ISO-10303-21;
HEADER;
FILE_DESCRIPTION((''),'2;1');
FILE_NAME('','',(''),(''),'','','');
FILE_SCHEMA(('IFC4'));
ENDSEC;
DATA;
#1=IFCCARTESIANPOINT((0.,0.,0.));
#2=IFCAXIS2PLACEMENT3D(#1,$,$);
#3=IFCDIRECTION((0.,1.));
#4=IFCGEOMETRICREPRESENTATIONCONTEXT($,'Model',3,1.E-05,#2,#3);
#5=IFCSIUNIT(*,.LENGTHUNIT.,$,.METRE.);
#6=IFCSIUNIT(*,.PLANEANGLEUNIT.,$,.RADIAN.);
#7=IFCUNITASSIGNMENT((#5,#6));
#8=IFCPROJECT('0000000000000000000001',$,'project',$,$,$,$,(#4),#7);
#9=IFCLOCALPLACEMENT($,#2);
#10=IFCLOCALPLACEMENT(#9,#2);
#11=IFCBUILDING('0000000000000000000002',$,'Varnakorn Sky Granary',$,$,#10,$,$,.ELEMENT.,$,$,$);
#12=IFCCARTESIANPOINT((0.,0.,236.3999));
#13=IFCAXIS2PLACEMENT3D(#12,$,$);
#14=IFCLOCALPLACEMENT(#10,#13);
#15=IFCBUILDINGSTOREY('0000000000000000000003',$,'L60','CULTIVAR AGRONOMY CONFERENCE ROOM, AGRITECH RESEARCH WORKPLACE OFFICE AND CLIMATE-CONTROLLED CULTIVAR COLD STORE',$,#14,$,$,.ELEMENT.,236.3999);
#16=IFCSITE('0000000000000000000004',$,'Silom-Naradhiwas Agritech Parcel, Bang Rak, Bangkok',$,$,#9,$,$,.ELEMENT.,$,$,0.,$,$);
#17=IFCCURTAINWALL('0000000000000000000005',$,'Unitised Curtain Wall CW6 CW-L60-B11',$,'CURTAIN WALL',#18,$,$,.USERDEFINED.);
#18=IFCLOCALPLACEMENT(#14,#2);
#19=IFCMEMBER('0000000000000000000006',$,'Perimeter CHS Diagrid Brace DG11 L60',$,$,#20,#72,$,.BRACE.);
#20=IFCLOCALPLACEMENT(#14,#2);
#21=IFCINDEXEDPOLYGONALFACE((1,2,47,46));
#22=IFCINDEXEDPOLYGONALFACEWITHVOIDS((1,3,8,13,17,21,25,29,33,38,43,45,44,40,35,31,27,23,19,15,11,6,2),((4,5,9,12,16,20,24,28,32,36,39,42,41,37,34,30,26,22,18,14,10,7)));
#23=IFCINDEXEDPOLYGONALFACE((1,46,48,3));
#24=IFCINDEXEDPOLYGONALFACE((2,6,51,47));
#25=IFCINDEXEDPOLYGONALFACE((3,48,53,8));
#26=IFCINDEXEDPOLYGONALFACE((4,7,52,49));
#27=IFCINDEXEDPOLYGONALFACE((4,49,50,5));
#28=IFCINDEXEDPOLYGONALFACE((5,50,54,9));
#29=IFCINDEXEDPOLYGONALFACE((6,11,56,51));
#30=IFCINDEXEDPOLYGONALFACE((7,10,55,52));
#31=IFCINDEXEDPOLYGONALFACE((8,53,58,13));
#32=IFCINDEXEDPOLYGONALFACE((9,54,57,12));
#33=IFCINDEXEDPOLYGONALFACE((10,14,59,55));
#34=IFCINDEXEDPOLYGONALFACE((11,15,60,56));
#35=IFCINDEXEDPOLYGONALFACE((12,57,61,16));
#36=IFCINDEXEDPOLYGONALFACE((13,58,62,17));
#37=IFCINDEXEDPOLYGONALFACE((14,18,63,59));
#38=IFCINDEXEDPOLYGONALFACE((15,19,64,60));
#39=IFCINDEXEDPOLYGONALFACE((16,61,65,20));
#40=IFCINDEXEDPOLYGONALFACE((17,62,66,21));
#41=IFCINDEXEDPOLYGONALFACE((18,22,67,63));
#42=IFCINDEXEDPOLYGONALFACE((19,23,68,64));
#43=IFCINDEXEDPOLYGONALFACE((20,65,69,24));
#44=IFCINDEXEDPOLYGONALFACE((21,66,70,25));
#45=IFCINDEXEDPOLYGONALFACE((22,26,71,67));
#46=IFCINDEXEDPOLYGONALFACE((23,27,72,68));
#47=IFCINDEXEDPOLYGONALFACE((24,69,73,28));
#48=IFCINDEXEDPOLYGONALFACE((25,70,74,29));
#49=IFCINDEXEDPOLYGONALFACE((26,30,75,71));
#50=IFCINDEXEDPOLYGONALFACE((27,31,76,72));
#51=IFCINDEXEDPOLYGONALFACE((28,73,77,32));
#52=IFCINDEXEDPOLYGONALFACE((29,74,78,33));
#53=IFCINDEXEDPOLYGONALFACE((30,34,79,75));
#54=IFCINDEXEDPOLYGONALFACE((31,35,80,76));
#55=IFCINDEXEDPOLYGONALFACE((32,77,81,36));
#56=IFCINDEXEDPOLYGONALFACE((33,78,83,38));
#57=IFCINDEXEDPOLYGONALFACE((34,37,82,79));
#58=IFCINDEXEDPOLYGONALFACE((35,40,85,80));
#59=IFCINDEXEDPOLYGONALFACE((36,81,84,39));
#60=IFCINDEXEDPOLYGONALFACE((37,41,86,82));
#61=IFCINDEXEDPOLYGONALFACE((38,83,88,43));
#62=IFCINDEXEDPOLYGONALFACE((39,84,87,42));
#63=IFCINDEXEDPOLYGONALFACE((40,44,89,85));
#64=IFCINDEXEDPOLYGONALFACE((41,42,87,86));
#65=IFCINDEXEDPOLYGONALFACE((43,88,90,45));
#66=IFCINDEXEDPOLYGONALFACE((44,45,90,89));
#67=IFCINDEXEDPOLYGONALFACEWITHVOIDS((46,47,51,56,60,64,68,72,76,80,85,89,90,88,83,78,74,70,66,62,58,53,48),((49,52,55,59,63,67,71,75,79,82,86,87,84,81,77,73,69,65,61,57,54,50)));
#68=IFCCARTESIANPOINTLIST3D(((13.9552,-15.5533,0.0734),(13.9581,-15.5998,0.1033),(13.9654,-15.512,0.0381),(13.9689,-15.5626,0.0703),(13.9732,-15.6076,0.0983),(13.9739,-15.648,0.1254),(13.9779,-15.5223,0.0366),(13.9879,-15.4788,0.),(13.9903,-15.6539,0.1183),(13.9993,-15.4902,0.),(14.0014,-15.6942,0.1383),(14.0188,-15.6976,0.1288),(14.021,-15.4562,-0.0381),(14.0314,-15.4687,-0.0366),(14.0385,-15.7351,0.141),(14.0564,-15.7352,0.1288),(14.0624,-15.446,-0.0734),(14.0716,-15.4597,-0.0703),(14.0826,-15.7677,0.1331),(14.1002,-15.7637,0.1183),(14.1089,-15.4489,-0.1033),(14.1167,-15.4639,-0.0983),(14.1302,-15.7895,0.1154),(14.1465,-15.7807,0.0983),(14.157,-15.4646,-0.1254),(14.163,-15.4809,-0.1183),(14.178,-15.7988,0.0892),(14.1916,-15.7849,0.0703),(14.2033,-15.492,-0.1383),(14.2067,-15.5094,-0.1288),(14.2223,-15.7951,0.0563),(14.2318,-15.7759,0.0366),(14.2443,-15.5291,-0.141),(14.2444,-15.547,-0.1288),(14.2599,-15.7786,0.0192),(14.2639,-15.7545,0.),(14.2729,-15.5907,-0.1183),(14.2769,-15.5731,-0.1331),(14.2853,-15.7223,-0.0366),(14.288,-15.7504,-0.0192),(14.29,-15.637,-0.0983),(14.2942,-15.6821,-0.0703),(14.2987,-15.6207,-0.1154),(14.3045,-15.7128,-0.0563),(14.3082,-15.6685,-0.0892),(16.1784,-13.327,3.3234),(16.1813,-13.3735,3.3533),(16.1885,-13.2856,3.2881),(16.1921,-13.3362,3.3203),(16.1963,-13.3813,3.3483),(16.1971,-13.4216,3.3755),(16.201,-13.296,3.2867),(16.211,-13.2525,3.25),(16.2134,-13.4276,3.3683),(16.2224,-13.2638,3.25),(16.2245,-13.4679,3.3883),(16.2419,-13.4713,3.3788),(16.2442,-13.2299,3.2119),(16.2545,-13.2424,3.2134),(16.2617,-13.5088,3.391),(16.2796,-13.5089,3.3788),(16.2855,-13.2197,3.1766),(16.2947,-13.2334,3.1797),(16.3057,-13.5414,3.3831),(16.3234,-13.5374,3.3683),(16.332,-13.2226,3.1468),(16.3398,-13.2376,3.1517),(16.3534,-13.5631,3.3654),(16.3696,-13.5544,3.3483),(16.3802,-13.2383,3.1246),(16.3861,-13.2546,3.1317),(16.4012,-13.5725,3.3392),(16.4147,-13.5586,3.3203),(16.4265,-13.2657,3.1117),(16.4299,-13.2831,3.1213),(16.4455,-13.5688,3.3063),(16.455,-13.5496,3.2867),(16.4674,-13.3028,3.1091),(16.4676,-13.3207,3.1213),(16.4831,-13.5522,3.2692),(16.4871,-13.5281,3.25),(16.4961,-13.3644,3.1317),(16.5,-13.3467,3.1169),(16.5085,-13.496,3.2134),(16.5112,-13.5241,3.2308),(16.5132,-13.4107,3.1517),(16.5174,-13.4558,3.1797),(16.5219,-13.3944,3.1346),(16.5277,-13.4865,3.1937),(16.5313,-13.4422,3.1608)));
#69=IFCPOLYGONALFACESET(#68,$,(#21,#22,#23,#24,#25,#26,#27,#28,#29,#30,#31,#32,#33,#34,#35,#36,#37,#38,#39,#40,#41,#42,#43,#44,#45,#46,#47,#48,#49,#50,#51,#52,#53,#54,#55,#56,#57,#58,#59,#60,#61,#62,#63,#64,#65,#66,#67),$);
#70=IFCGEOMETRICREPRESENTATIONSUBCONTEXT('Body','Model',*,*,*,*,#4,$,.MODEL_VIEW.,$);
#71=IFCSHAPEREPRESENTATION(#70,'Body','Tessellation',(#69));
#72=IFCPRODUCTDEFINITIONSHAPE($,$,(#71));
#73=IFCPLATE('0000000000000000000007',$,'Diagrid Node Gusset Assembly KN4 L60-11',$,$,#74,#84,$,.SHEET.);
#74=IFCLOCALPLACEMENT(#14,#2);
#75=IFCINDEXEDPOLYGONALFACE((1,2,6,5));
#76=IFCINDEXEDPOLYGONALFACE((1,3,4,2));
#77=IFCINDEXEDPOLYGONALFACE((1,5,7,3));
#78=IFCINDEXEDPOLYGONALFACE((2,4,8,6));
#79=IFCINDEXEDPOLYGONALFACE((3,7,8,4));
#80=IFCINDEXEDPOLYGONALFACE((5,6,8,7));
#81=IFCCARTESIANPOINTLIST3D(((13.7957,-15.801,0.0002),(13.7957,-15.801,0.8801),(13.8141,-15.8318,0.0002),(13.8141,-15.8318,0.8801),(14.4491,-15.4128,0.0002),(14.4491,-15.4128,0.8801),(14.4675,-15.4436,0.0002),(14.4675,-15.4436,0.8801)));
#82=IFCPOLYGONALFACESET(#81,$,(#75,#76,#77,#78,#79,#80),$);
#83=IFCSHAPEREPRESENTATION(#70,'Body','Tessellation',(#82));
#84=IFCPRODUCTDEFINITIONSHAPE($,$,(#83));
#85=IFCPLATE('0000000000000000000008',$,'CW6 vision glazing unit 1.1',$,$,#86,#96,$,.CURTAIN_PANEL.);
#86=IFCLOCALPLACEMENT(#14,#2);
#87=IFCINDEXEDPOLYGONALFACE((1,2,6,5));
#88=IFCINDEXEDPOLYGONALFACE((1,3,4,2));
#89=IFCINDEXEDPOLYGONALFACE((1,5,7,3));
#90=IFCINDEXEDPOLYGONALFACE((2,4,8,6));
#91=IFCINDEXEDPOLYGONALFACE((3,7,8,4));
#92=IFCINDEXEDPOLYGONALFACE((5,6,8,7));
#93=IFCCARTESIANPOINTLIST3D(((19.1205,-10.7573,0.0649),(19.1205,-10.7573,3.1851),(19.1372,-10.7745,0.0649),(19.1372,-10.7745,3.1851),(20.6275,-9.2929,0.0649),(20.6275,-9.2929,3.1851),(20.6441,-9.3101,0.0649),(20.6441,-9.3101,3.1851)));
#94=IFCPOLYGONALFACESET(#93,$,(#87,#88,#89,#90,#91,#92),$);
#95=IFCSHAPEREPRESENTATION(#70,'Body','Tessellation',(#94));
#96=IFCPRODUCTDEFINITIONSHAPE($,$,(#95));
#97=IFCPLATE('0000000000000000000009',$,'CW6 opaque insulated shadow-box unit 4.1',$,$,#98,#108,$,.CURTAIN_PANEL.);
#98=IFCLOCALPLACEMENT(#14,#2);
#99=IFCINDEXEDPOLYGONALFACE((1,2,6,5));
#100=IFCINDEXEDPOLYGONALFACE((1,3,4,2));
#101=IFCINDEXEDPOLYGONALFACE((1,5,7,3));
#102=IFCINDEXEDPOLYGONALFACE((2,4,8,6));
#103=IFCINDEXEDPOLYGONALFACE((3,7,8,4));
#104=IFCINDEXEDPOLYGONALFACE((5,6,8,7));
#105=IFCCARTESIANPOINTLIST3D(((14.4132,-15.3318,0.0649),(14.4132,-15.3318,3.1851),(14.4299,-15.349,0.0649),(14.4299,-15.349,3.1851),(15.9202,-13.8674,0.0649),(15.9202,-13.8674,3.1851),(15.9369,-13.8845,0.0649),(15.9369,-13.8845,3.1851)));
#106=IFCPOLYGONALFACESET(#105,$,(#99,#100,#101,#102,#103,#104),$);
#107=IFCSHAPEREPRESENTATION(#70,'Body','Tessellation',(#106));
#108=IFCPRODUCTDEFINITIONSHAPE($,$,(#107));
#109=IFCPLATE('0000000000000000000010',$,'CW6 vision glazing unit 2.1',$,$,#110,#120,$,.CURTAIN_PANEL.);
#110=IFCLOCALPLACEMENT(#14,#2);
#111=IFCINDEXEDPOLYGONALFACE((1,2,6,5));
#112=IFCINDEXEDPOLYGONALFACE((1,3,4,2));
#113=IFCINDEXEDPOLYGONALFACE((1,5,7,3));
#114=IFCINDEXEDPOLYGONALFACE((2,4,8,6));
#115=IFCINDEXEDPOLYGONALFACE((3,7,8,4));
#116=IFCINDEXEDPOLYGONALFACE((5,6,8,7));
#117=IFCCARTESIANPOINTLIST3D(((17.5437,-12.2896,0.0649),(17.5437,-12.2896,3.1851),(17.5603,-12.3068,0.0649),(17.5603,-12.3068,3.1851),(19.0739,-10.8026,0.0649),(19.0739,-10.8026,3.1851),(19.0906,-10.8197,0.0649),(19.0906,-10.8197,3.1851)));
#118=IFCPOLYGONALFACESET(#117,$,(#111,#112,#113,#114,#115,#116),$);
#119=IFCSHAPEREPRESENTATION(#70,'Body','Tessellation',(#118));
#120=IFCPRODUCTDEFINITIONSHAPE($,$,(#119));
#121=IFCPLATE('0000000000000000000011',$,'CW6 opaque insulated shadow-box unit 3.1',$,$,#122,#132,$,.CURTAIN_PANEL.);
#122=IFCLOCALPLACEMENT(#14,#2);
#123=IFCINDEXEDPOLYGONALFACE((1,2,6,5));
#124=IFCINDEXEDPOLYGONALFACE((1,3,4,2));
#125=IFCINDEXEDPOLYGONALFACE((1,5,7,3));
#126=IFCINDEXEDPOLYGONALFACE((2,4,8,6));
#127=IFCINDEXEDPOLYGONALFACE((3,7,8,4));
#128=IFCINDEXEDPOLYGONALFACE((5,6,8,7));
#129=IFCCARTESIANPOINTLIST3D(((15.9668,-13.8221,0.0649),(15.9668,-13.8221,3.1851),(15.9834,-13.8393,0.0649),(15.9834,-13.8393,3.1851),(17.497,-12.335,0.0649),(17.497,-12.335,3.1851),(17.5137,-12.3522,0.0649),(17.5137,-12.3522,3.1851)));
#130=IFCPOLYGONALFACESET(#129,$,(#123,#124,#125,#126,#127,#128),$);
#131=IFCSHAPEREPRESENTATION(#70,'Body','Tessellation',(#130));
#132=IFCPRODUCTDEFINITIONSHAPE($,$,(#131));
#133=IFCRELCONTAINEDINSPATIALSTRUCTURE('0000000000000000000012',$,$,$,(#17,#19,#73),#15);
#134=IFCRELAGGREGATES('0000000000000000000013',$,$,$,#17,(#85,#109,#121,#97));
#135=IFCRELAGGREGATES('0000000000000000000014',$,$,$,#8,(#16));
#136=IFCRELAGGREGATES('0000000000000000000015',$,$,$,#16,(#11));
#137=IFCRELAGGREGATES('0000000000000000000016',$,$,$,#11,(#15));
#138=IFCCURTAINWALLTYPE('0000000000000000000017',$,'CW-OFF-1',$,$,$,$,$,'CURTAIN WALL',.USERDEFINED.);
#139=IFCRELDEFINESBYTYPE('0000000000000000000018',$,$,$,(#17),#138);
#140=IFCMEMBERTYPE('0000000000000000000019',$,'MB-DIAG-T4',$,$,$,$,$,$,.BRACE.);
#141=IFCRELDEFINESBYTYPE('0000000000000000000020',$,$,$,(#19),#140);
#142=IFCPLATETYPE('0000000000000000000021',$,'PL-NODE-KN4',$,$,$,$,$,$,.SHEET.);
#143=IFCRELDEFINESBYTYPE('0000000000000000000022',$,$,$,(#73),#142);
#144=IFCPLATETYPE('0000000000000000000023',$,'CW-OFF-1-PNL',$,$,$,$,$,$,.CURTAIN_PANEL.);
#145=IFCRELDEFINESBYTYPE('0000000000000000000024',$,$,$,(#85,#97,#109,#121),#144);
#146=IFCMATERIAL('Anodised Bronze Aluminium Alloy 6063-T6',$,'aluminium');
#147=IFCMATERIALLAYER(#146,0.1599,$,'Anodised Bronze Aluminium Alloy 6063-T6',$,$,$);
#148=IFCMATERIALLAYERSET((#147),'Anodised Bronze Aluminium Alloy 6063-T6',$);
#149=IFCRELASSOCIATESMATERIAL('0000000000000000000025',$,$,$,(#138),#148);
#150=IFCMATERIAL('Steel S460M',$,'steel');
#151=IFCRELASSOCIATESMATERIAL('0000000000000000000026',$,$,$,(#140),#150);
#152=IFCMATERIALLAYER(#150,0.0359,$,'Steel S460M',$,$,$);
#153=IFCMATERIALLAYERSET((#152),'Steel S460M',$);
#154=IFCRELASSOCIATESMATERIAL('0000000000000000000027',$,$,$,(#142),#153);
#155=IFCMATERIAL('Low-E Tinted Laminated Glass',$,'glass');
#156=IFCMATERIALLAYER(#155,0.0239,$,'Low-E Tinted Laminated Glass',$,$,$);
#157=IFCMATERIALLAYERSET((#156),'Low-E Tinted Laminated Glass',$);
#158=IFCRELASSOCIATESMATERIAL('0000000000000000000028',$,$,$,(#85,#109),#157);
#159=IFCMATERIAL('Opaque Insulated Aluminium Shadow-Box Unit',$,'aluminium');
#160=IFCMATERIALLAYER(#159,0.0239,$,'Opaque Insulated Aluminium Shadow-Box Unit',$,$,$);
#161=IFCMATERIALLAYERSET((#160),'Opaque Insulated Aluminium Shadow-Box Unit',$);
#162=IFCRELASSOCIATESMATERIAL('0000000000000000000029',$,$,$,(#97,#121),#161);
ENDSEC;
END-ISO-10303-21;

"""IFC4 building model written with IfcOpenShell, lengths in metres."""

from ifc_helpers import new_model, si_unit, direction, frame, origin, origin_2d, place, context, subcontext, project, spatial, rectangle, hollow_circle, extrude, source, transform, mapped, material, layer, layer_set, material_profile, profile_set, type_object, type_shapes, element, aggregate, save


model = new_model("IFC4")

# Units and contexts
model_context = context("Model", 3, precision=1e-05, world=origin(), true_north=direction((0.0, 1.0)))
body_context = subcontext(model_context, "Body", "Model", "MODEL_VIEW")
ifc_project = project(units=[si_unit("LENGTHUNIT", "METRE"), si_unit("PLANEANGLEUNIT", "RADIAN")], contexts=[model_context])

# Site, building, storey
site_placement = place(None, origin())
site = spatial("IfcSite", under=ifc_project, at=site_placement, Name="Silom-Naradhiwas Agritech Parcel, Bang Rak, Bangkok", CompositionType="ELEMENT", RefElevation=0.0)
building_placement = place(site_placement, origin())
building = spatial("IfcBuilding", under=site, at=building_placement, Name="Varnakorn Sky Granary", CompositionType="ELEMENT")
storey_placement = place(building_placement, frame((0.0, 0.0, 236.3999)))
storey = spatial("IfcBuildingStorey", under=building, at=storey_placement, Name="L60", Description="CULTIVAR AGRONOMY CONFERENCE ROOM, AGRITECH RESEARCH WORKPLACE OFFICE AND CLIMATE-CONTROLLED CULTIVAR COLD STORE", CompositionType="ELEMENT", Elevation=236.3999)

# Shared definitions
ifc_material_1 = material(Name="Steel S460M", Category="steel")

# Curtain wall
ifc_material_2 = material(Name="Anodised Bronze Aluminium Alloy 6063-T6", Category="aluminium")
ifc_layer_1 = layer(ifc_material_2, 0.1599, Name="Anodised Bronze Aluminium Alloy 6063-T6")
ifc_layer_set_1 = layer_set([ifc_layer_1], Name="Anodised Bronze Aluminium Alloy 6063-T6")
curtain_wall_type = type_object("IfcCurtainWallType", Name="CW-OFF-1", ElementType="CURTAIN WALL", PredefinedType="USERDEFINED", material=ifc_layer_set_1)
curtain_wall_placement = place(storey_placement, origin())
curtain_wall = element("IfcCurtainWall", 1, at=curtain_wall_placement, inside=storey, type_object=curtain_wall_type, Name="Unitised Curtain Wall CW6 CW-L60-B11", ObjectType="CURTAIN WALL", PredefinedType="USERDEFINED")

# Member
ifc_material_profile_1 = material_profile(ifc_material_1, hollow_circle(Radius=0.2031, WallThickness=0.0161, at=origin_2d()), Name="CHS 406.4x16")
ifc_profile_set_1 = profile_set([ifc_material_profile_1], Name="Steel S460M")
member_type_1 = type_object("IfcMemberType", Name="MB-DIAG-T4", PredefinedType="BRACE", material=ifc_profile_set_1)
member_1_placement = place(storey_placement, frame((14.1316, -15.6223, 0.0), z_axis=(0.491474, 0.492175, 0.718482), x_axis=(-0.707611, 0.706602, 0.0)))
element("IfcMember", 2, at=member_1_placement, inside=storey, type_object=member_type_1, Name="Perimeter CHS Diagrid Brace DG11 L60", PredefinedType="BRACE", context=body_context, shape_type="SweptSolid", body=[
    extrude(hollow_circle(Radius=0.2031, WallThickness=0.0161, at=origin_2d()), origin(), (0.0, 0.0, 1.0), 4.5234),
])

# Plates
ifc_layer_2 = layer(ifc_material_1, 0.0359, Name="Steel S460M")
ifc_layer_set_2 = layer_set([ifc_layer_2], Name="Steel S460M")
plate_type_1 = type_object("IfcPlateType", Name="PL-NODE-KN4", PredefinedType="SHEET", material=ifc_layer_set_2)
plate_1_placement = place(storey_placement, frame((14.1316, -15.6223, 0.0002), z_axis=(0.0, 0.0, 1.0), x_axis=(0.859714, 0.510775, 0.0)))
element("IfcPlate", 3, at=plate_1_placement, inside=storey, type_object=plate_type_1, Name="Diagrid Node Gusset Assembly KN4 L60-11", PredefinedType="SHEET", context=body_context, shape_type="SweptSolid", body=[
    extrude(rectangle(XDim=0.76, YDim=0.0359, at=origin_2d()), origin(), (0.0, 0.0, 1.0), 0.8799),
])
ifc_material_3 = material(Name="Low-E Tinted Laminated Glass", Category="glass")
ifc_layer_3 = layer(ifc_material_3, 0.0239, Name="Low-E Tinted Laminated Glass")
ifc_layer_set_3 = layer_set([ifc_layer_3], Name="Low-E Tinted Laminated Glass")
plate_type_2 = type_object("IfcPlateType", Name="CW-OFF-1-PNL", PredefinedType="CURTAIN_PANEL")
shared_shape_1 = source(origin(), body_context, "Body", "SweptSolid", [
    extrude(rectangle(XDim=2.1013, YDim=0.0239, at=origin_2d()), origin(), (0.0, 0.0, 1.0), 3.1201),
])
plate_2_placement = place(storey_placement, frame((19.8823, -10.0337, 0.0649), z_axis=(0.0, 0.0, 1.0), x_axis=(-0.717154, -0.696915, 0.0)))
plate_2 = element("IfcPlate", 4, at=plate_2_placement, type_object=plate_type_2, material=ifc_layer_set_3, Name="CW6 vision glazing unit 1.1", PredefinedType="CURTAIN_PANEL", context=body_context, shape_type="MappedRepresentation", body=[
    mapped(shared_shape_1, transform((0.0, 0.0, 0.0), x_axis=(1.0, 0.0, 0.0), y_axis=(0.0, 1.0, 0.0), z_axis=(0.0, 0.0, 1.0), scale=1.0)),
])
ifc_material_4 = material(Name="Opaque Insulated Aluminium Shadow-Box Unit", Category="aluminium")
ifc_layer_4 = layer(ifc_material_4, 0.0239, Name="Opaque Insulated Aluminium Shadow-Box Unit")
ifc_layer_set_4 = layer_set([ifc_layer_4], Name="Opaque Insulated Aluminium Shadow-Box Unit")
plate_3_placement = place(storey_placement, frame((15.175, -14.6082, 0.0649), z_axis=(0.0, 0.0, 1.0), x_axis=(-0.717154, -0.696915, 0.0)))
plate_3 = element("IfcPlate", 5, at=plate_3_placement, type_object=plate_type_2, material=ifc_layer_set_4, Name="CW6 opaque insulated shadow-box unit 4.1", PredefinedType="CURTAIN_PANEL", context=body_context, shape_type="MappedRepresentation", body=[
    mapped(shared_shape_1, transform((0.0, 0.0, 0.0), x_axis=(1.0, 0.0, 0.0), y_axis=(0.0, 1.0, 0.0), z_axis=(0.0, 0.0, 1.0), scale=1.0)),
])
shared_shape_2 = source(origin(), body_context, "Body", "SweptSolid", [
    extrude(rectangle(XDim=2.1338, YDim=0.0239, at=origin_2d()), origin(), (0.0, 0.0, 1.0), 3.1201),
])
type_shapes(plate_type_2, [shared_shape_1, shared_shape_2])
plate_4_placement = place(storey_placement, frame((18.3171, -11.5547, 0.0649), z_axis=(0.0, 0.0, 1.0), x_axis=(-0.717154, -0.696915, 0.0)))
plate_4 = element("IfcPlate", 6, at=plate_4_placement, type_object=plate_type_2, material=ifc_layer_set_3, Name="CW6 vision glazing unit 2.1", PredefinedType="CURTAIN_PANEL", context=body_context, shape_type="MappedRepresentation", body=[
    mapped(shared_shape_2, transform((0.0, 0.0, 0.0), x_axis=(1.0, 0.0, 0.0), y_axis=(0.0, 1.0, 0.0), z_axis=(0.0, 0.0, 1.0), scale=1.0)),
])
plate_5_placement = place(storey_placement, frame((16.7402, -13.0872, 0.0649), z_axis=(0.0, 0.0, 1.0), x_axis=(-0.717154, -0.696915, 0.0)))
plate_5 = element("IfcPlate", 7, at=plate_5_placement, type_object=plate_type_2, material=ifc_layer_set_4, Name="CW6 opaque insulated shadow-box unit 3.1", PredefinedType="CURTAIN_PANEL", context=body_context, shape_type="MappedRepresentation", body=[
    mapped(shared_shape_2, transform((0.0, 0.0, 0.0), x_axis=(1.0, 0.0, 0.0), y_axis=(0.0, 1.0, 0.0), z_axis=(0.0, 0.0, 1.0), scale=1.0)),
])
aggregate(curtain_wall, [plate_2, plate_4, plate_5, plate_3])

save(model, "model.ifc")
